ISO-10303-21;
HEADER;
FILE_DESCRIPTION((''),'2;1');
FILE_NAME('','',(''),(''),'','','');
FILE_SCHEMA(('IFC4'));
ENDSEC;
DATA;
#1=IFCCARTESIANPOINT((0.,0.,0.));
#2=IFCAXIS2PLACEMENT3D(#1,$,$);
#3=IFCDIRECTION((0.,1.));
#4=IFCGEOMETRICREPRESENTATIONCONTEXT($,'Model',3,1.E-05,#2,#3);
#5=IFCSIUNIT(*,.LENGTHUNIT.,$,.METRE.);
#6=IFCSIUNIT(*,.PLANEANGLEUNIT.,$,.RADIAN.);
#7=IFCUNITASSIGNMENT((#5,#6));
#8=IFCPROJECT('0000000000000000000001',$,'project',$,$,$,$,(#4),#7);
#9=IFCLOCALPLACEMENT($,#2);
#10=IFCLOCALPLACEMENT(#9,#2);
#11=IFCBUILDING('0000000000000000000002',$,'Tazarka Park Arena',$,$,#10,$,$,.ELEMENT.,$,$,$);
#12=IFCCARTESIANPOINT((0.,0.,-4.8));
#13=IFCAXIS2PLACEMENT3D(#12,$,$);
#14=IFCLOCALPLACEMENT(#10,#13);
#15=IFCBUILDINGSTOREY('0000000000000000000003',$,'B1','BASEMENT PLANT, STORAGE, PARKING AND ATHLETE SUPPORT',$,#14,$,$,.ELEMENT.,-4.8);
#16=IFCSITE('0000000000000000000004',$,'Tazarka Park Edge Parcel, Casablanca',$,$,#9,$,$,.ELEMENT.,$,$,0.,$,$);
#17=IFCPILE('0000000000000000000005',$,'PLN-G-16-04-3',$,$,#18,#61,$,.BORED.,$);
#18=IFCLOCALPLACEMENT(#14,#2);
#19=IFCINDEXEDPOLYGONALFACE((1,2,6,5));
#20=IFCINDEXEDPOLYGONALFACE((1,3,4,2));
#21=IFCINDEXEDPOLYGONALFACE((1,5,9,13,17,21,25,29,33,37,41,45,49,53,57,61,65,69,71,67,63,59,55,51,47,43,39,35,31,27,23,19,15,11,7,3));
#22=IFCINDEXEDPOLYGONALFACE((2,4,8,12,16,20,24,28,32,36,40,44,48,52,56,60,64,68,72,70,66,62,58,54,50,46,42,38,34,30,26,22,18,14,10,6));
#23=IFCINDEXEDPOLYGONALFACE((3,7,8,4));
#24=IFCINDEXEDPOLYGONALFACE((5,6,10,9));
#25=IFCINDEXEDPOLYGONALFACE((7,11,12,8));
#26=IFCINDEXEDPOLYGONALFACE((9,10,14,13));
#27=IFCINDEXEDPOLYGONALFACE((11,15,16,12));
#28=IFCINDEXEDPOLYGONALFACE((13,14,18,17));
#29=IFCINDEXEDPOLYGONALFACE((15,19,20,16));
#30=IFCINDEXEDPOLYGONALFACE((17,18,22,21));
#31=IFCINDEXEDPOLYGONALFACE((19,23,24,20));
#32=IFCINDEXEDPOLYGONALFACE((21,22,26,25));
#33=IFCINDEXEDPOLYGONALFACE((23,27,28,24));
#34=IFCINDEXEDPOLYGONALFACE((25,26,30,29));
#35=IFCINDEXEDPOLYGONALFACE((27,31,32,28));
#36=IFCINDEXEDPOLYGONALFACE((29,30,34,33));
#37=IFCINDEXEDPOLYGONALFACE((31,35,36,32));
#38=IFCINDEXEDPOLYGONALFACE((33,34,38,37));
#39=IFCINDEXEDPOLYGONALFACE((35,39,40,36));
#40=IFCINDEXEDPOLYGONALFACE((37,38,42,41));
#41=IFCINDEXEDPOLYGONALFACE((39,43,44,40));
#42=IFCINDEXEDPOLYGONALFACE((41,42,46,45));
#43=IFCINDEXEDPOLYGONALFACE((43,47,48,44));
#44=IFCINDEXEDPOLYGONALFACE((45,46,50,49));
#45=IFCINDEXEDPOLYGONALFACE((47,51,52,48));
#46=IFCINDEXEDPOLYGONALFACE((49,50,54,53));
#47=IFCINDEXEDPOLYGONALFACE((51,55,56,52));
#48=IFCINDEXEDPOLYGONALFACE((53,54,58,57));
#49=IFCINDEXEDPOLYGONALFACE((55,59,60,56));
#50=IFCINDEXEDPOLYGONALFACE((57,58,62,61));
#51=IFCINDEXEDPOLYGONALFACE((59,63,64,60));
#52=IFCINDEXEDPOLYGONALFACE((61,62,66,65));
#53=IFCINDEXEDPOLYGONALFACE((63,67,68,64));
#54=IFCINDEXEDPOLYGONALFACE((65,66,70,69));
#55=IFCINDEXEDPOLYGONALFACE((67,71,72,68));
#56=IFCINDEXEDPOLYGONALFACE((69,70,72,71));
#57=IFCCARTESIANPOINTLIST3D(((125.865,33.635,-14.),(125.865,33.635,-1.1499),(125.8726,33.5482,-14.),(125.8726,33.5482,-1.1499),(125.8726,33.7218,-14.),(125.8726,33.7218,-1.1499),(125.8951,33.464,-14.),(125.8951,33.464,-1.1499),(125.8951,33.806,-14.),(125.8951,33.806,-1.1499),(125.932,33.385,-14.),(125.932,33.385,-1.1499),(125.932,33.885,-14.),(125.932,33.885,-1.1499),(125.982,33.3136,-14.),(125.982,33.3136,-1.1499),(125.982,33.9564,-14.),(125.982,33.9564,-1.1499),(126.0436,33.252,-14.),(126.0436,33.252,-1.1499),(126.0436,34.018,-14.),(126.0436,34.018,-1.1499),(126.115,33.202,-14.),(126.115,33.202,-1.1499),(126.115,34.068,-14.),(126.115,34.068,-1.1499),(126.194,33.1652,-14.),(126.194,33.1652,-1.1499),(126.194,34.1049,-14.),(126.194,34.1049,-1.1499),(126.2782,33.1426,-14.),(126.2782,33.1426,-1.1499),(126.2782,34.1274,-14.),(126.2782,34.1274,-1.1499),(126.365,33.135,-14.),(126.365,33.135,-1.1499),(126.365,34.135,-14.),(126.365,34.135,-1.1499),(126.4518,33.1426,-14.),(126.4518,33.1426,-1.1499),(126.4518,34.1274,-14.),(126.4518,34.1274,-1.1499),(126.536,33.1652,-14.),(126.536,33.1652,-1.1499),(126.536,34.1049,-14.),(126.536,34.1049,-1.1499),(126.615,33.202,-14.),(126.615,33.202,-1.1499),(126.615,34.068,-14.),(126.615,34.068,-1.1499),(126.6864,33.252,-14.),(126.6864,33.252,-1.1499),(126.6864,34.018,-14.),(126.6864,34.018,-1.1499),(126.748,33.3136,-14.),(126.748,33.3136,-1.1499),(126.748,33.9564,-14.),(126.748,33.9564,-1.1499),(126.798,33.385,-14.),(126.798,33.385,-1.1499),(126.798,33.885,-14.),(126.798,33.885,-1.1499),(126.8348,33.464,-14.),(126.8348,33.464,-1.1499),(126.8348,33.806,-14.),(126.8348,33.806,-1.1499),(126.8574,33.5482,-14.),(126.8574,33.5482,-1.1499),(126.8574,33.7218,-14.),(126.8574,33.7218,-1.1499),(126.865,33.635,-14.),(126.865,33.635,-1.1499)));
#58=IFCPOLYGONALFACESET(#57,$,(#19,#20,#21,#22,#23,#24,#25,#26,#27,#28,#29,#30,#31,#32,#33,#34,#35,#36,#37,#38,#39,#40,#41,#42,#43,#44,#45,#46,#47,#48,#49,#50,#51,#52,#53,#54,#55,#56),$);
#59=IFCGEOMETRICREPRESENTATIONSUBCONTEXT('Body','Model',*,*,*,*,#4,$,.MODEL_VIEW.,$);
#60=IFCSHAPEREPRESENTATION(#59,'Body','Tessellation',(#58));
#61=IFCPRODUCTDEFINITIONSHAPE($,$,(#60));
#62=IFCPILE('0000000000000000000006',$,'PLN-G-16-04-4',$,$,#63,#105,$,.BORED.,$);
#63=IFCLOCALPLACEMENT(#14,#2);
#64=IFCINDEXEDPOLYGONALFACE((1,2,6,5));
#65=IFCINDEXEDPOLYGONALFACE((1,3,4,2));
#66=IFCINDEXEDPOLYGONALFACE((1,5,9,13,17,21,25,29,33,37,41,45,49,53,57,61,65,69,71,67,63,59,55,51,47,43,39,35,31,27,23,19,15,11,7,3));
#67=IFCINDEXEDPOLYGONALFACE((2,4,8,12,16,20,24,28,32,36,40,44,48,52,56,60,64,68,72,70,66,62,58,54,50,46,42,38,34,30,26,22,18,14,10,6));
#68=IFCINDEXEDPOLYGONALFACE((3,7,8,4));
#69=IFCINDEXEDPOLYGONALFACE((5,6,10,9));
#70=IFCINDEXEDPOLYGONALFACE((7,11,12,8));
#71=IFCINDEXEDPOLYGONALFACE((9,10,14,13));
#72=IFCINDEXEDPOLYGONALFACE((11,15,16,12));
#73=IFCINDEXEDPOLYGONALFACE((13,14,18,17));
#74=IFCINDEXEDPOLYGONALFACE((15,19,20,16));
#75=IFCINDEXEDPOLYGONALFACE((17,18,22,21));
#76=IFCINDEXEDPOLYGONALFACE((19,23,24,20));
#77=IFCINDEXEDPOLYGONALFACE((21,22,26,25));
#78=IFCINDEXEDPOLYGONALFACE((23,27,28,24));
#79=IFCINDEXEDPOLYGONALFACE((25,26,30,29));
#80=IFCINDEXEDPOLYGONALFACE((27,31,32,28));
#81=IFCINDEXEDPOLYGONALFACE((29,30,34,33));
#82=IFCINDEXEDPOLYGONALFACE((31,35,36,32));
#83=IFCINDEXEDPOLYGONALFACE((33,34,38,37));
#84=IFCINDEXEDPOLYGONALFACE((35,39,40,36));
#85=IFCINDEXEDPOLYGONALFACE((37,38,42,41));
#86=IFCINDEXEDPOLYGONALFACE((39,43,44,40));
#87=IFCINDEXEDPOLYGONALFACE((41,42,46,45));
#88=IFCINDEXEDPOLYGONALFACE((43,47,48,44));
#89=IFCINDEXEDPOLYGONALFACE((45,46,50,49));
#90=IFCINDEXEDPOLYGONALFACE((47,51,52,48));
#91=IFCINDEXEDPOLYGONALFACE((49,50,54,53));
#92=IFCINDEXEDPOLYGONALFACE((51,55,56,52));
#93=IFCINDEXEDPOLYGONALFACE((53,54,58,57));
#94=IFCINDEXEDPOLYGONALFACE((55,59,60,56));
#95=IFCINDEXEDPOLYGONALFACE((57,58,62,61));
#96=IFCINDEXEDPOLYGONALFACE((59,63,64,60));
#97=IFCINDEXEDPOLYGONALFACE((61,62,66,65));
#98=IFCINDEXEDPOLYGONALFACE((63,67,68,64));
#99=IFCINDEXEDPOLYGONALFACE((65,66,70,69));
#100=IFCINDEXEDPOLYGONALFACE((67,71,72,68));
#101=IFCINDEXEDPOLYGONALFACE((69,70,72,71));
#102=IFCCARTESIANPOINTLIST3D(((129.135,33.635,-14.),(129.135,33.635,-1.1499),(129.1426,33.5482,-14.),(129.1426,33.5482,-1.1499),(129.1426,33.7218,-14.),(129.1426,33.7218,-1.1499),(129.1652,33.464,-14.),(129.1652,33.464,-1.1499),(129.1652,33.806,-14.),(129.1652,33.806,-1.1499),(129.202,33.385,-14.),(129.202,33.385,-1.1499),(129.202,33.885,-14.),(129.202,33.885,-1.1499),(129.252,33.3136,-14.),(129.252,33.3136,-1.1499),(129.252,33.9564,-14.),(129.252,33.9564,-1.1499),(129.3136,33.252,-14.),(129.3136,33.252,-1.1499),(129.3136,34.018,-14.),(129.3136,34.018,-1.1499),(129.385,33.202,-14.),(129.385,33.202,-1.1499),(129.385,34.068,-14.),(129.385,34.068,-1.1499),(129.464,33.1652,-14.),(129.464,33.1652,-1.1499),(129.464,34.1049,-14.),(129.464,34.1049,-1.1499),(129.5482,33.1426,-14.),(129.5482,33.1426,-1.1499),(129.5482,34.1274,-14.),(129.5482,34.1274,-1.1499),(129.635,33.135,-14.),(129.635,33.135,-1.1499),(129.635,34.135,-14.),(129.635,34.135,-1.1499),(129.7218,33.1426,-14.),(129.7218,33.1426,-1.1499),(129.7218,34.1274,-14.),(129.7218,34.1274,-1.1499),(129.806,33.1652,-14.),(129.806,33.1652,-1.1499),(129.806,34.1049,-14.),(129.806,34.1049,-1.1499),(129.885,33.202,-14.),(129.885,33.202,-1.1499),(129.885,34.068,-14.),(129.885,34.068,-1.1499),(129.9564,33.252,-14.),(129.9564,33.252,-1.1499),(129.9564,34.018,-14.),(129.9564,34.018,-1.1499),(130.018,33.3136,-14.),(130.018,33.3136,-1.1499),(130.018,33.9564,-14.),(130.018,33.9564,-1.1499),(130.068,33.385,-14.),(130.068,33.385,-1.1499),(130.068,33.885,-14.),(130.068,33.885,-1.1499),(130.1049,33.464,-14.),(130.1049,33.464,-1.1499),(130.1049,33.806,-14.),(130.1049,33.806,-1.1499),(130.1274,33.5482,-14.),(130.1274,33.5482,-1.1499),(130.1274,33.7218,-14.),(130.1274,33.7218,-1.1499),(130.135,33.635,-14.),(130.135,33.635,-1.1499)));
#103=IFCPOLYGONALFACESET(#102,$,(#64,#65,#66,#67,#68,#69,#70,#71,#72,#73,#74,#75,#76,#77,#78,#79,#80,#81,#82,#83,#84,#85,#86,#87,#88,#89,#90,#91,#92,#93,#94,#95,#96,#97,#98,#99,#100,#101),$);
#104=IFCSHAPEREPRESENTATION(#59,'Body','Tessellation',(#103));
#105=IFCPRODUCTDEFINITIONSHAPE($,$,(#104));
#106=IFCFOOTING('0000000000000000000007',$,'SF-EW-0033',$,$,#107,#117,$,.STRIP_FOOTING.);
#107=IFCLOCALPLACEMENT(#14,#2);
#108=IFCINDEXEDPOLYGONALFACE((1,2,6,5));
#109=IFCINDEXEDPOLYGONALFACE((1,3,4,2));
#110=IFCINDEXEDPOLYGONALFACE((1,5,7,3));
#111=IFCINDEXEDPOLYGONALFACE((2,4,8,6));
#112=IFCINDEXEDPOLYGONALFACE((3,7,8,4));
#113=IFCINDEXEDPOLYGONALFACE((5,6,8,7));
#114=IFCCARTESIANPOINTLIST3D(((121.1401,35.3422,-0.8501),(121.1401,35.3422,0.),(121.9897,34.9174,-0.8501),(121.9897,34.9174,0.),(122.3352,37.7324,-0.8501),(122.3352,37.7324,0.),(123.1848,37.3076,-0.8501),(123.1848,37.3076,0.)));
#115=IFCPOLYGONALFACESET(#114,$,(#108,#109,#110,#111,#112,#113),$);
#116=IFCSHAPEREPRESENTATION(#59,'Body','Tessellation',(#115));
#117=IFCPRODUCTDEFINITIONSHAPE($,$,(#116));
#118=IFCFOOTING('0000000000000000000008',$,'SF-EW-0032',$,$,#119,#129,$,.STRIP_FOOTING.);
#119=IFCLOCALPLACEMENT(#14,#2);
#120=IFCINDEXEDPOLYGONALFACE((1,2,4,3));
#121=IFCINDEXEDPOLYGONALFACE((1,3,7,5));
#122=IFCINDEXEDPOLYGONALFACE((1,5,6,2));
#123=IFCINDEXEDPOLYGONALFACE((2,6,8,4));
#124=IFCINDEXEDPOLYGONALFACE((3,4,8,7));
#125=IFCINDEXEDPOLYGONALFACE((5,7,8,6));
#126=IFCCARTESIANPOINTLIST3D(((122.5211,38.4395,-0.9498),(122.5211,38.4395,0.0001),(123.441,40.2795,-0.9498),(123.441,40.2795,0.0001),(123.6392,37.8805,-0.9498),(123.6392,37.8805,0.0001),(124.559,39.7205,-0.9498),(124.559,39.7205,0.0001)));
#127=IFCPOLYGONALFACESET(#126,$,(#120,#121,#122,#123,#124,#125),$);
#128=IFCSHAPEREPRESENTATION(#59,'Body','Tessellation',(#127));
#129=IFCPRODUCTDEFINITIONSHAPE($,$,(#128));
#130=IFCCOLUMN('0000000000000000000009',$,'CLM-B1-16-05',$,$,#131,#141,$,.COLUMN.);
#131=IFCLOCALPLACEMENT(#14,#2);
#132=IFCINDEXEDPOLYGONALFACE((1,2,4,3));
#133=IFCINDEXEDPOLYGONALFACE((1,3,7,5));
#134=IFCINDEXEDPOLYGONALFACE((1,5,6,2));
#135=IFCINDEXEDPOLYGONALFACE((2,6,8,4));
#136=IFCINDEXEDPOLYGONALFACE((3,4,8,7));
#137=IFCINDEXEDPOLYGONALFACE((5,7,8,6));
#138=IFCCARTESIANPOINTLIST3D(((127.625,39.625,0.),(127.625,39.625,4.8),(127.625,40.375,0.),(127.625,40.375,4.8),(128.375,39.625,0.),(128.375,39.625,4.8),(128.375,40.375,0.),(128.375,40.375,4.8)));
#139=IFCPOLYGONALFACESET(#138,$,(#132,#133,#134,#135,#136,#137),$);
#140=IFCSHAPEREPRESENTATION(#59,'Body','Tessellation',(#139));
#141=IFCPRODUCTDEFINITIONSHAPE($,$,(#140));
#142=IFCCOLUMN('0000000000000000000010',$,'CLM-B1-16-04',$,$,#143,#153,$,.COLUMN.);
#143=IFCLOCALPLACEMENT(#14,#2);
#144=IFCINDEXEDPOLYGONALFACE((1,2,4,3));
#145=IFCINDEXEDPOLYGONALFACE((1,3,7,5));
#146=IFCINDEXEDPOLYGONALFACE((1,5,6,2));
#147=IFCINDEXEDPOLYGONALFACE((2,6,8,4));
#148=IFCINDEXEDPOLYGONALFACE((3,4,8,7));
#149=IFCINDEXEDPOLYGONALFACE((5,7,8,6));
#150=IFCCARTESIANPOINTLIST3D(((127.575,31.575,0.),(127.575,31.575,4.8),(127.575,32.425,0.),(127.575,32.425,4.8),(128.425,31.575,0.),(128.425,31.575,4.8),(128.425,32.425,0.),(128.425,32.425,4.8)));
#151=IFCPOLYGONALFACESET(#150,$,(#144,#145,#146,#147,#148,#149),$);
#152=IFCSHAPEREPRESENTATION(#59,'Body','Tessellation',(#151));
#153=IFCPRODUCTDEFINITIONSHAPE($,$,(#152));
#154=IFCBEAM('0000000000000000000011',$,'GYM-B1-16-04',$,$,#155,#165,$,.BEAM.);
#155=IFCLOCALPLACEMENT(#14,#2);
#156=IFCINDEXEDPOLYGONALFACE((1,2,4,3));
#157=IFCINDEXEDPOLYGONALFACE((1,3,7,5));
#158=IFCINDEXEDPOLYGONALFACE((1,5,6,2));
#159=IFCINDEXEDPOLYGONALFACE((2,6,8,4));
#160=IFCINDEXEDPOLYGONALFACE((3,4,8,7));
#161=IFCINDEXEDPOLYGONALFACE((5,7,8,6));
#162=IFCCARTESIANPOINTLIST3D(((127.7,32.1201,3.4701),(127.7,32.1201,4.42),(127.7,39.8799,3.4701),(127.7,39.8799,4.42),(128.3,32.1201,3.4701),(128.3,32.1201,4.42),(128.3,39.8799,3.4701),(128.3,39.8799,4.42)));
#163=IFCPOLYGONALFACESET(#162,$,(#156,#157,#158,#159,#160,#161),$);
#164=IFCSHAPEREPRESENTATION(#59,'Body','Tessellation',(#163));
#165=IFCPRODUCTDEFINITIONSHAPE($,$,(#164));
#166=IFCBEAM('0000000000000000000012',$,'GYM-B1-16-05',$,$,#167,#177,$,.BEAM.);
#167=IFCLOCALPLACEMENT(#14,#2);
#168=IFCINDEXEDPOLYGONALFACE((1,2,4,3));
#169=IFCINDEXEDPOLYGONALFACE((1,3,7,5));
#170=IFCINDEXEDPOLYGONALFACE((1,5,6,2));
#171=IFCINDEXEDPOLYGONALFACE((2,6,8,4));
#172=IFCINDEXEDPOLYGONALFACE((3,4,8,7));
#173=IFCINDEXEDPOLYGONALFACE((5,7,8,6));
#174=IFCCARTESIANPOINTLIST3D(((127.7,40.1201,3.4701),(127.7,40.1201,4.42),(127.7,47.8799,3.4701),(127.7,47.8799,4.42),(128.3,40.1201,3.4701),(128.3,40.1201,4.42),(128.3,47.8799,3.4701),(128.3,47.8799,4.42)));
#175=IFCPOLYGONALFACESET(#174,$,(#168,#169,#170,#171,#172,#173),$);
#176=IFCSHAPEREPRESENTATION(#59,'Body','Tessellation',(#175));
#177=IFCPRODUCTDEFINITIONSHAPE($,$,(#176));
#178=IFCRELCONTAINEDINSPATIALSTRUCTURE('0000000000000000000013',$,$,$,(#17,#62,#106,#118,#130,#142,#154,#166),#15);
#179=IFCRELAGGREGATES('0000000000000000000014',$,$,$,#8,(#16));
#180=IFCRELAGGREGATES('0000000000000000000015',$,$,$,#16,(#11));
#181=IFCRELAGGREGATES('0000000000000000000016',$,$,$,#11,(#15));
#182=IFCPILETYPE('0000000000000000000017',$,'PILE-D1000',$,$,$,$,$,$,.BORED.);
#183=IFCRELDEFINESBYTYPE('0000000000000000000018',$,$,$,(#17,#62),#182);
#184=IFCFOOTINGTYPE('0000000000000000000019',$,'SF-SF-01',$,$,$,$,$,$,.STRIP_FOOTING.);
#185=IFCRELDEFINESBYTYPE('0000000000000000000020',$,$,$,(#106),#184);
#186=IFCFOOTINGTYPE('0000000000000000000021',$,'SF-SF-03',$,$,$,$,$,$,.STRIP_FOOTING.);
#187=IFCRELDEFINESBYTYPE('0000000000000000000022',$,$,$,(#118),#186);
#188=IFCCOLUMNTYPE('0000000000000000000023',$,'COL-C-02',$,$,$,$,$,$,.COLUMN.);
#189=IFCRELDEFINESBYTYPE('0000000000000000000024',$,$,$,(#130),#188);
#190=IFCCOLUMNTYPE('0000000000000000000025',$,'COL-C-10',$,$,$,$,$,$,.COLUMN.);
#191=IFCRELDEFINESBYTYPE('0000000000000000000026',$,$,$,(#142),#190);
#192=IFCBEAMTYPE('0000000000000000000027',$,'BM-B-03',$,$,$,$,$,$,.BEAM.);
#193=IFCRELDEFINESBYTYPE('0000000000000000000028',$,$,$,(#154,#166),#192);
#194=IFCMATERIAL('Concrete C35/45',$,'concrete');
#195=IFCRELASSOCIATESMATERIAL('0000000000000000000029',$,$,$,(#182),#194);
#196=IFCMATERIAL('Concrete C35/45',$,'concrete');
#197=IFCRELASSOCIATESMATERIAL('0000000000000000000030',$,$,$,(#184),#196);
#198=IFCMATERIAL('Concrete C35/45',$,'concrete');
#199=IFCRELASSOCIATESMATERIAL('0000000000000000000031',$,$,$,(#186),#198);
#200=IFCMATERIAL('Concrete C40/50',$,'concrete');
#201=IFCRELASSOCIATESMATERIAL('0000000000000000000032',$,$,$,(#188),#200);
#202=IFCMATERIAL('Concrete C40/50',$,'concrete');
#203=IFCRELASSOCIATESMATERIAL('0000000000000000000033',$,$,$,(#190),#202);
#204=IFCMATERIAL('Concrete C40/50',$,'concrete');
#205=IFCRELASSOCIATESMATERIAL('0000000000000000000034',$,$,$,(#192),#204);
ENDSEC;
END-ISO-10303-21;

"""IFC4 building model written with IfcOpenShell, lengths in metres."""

from ifc_helpers import new_model, si_unit, direction, frame, origin, origin_2d, place, context, subcontext, project, spatial, rectangle, circle, extrude, material, material_profile, profile_set, type_object, element, save


model = new_model("IFC4")

# Units and contexts
model_context = context("Model", 3, precision=1e-05, world=origin(), true_north=direction((0.0, 1.0)))
body_context = subcontext(model_context, "Body", "Model", "MODEL_VIEW")
ifc_project = project(units=[si_unit("LENGTHUNIT", "METRE"), si_unit("PLANEANGLEUNIT", "RADIAN")], contexts=[model_context])

# Site, building, storey
site_placement = place(None, origin())
site = spatial("IfcSite", under=ifc_project, at=site_placement, Name="Tazarka Park Edge Parcel, Casablanca", CompositionType="ELEMENT", RefElevation=0.0)
building_placement = place(site_placement, origin())
building = spatial("IfcBuilding", under=site, at=building_placement, Name="Tazarka Park Arena", CompositionType="ELEMENT")
storey_placement = place(building_placement, frame((0.0, 0.0, -4.8)))
storey = spatial("IfcBuildingStorey", under=building, at=storey_placement, Name="B1", Description="BASEMENT PLANT, STORAGE, PARKING AND ATHLETE SUPPORT", CompositionType="ELEMENT", Elevation=-4.8)

# Piles
ifc_material_1 = material(Name="Concrete C35/45", Category="concrete")
ifc_material_profile_1 = material_profile(ifc_material_1, circle(Radius=0.5, at=origin_2d()), Name="Concrete C35/45")
ifc_profile_set_1 = profile_set([ifc_material_profile_1], Name="Concrete C35/45")
pile_type = type_object("IfcPileType", Name="PILE-D1000", PredefinedType="BORED", material=ifc_profile_set_1)
for number, where, z_axis, x_axis, name in (
    (1, (126.365, 33.635, -1.1499), (0.0, 0.0, -1.0), (1.0, 0.0, 0.0), "PLN-G-16-04-3"),
    (2, (129.635, 33.635, -1.1499), (0.0, 0.0, -1.0), (1.0, 0.0, 0.0), "PLN-G-16-04-4"),
):
    element("IfcPile", number, at=place(storey_placement, frame(where, z_axis=z_axis, x_axis=x_axis)), inside=storey, type_object=pile_type, Name=name, PredefinedType="BORED", context=body_context, shape_type="SweptSolid", body=[
        extrude(circle(Radius=0.5, at=origin_2d()), origin(), (0.0, 0.0, 1.0), 12.8501),
    ])

# Footings
ifc_material_2 = material(Name="Concrete C35/45", Category="concrete")
ifc_material_profile_2 = material_profile(ifc_material_2, rectangle(XDim=0.95, YDim=0.8501, at=origin_2d()), Name="Concrete C35/45")
ifc_profile_set_2 = profile_set([ifc_material_profile_2], Name="Concrete C35/45")
footing_type_1 = type_object("IfcFootingType", Name="SF-SF-01", PredefinedType="STRIP_FOOTING", material=ifc_profile_set_2)
footing_1_placement = place(storey_placement, frame((122.76, 37.52, -0.425), z_axis=(-0.447214, -0.894427, 0.0), x_axis=(0.894427, -0.447214, 0.0)))
element("IfcFooting", 3, at=footing_1_placement, inside=storey, type_object=footing_type_1, Name="SF-EW-0033", PredefinedType="STRIP_FOOTING", context=body_context, shape_type="SweptSolid", body=[
    extrude(rectangle(XDim=0.95, YDim=0.8501, at=origin_2d()), origin(), (0.0, 0.0, 1.0), 2.6724),
])
ifc_material_3 = material(Name="Concrete C35/45", Category="concrete")
ifc_material_profile_3 = material_profile(ifc_material_3, rectangle(XDim=1.25, YDim=0.95, at=origin_2d()), Name="Concrete C35/45")
ifc_profile_set_3 = profile_set([ifc_material_profile_3], Name="Concrete C35/45")
footing_type_2 = type_object("IfcFootingType", Name="SF-SF-03", PredefinedType="STRIP_FOOTING", material=ifc_profile_set_3)
footing_2_placement = place(storey_placement, frame((124.0, 40.0, -0.4749), z_axis=(-0.447166, -0.894451, 0.0), x_axis=(0.894451, -0.447166, 0.0)))
element("IfcFooting", 4, at=footing_2_placement, inside=storey, type_object=footing_type_2, Name="SF-EW-0032", PredefinedType="STRIP_FOOTING", context=body_context, shape_type="SweptSolid", body=[
    extrude(rectangle(XDim=1.25, YDim=0.95, at=origin_2d()), origin(), (0.0, 0.0, 1.0), 2.0571),
])

# Columns
ifc_material_4 = material(Name="Concrete C40/50", Category="concrete")
ifc_material_profile_4 = material_profile(ifc_material_4, rectangle(XDim=0.75, YDim=0.75, at=origin_2d()), Name="Concrete C40/50")
ifc_profile_set_4 = profile_set([ifc_material_profile_4], Name="Concrete C40/50")
column_type_1 = type_object("IfcColumnType", Name="COL-C-02", PredefinedType="COLUMN", material=ifc_profile_set_4)
column_1_placement = place(storey_placement, frame((128.0, 40.0, 0.0), z_axis=(0.0, 0.0, 1.0), x_axis=(1.0, 0.0, 0.0)))
element("IfcColumn", 5, at=column_1_placement, inside=storey, type_object=column_type_1, Name="CLM-B1-16-05", PredefinedType="COLUMN", context=body_context, shape_type="SweptSolid", body=[
    extrude(rectangle(XDim=0.75, YDim=0.75, at=origin_2d()), origin(), (0.0, 0.0, 1.0), 4.8),
])
ifc_material_5 = material(Name="Concrete C40/50", Category="concrete")
ifc_material_profile_5 = material_profile(ifc_material_5, rectangle(XDim=0.8501, YDim=0.8501, at=origin_2d()), Name="Concrete C40/50")
ifc_profile_set_5 = profile_set([ifc_material_profile_5], Name="Concrete C40/50")
column_type_2 = type_object("IfcColumnType", Name="COL-C-10", PredefinedType="COLUMN", material=ifc_profile_set_5)
column_2_placement = place(storey_placement, frame((128.0, 32.0, 0.0), z_axis=(0.0, 0.0, 1.0), x_axis=(1.0, 0.0, 0.0)))
element("IfcColumn", 6, at=column_2_placement, inside=storey, type_object=column_type_2, Name="CLM-B1-16-04", PredefinedType="COLUMN", context=body_context, shape_type="SweptSolid", body=[
    extrude(rectangle(XDim=0.8501, YDim=0.8501, at=origin_2d()), origin(), (0.0, 0.0, 1.0), 4.8),
])

# Beams
ifc_material_6 = material(Name="Concrete C40/50", Category="concrete")
ifc_material_profile_6 = material_profile(ifc_material_6, rectangle(XDim=0.6001, YDim=0.95, at=origin_2d()), Name="Concrete C40/50")
ifc_profile_set_6 = profile_set([ifc_material_profile_6], Name="Concrete C40/50")
beam_type_1 = type_object("IfcBeamType", Name="BM-B-03", PredefinedType="BEAM", material=ifc_profile_set_6)
for number, where, z_axis, x_axis, name in (
    (7, (128.0, 32.1201, 3.9451), (0.0, 1.0, 0.0), (-1.0, 0.0, 0.0), "GYM-B1-16-04"),
    (8, (128.0, 40.1201, 3.9451), (0.0, 1.0, 0.0), (-1.0, 0.0, 0.0), "GYM-B1-16-05"),
):
    element("IfcBeam", number, at=place(storey_placement, frame(where, z_axis=z_axis, x_axis=x_axis)), inside=storey, type_object=beam_type_1, Name=name, PredefinedType="BEAM", context=body_context, shape_type="SweptSolid", body=[
        extrude(rectangle(XDim=0.6001, YDim=0.95, at=origin_2d()), origin(), (0.0, 0.0, 1.0), 7.7598),
    ])

save(model, "model.ifc")
